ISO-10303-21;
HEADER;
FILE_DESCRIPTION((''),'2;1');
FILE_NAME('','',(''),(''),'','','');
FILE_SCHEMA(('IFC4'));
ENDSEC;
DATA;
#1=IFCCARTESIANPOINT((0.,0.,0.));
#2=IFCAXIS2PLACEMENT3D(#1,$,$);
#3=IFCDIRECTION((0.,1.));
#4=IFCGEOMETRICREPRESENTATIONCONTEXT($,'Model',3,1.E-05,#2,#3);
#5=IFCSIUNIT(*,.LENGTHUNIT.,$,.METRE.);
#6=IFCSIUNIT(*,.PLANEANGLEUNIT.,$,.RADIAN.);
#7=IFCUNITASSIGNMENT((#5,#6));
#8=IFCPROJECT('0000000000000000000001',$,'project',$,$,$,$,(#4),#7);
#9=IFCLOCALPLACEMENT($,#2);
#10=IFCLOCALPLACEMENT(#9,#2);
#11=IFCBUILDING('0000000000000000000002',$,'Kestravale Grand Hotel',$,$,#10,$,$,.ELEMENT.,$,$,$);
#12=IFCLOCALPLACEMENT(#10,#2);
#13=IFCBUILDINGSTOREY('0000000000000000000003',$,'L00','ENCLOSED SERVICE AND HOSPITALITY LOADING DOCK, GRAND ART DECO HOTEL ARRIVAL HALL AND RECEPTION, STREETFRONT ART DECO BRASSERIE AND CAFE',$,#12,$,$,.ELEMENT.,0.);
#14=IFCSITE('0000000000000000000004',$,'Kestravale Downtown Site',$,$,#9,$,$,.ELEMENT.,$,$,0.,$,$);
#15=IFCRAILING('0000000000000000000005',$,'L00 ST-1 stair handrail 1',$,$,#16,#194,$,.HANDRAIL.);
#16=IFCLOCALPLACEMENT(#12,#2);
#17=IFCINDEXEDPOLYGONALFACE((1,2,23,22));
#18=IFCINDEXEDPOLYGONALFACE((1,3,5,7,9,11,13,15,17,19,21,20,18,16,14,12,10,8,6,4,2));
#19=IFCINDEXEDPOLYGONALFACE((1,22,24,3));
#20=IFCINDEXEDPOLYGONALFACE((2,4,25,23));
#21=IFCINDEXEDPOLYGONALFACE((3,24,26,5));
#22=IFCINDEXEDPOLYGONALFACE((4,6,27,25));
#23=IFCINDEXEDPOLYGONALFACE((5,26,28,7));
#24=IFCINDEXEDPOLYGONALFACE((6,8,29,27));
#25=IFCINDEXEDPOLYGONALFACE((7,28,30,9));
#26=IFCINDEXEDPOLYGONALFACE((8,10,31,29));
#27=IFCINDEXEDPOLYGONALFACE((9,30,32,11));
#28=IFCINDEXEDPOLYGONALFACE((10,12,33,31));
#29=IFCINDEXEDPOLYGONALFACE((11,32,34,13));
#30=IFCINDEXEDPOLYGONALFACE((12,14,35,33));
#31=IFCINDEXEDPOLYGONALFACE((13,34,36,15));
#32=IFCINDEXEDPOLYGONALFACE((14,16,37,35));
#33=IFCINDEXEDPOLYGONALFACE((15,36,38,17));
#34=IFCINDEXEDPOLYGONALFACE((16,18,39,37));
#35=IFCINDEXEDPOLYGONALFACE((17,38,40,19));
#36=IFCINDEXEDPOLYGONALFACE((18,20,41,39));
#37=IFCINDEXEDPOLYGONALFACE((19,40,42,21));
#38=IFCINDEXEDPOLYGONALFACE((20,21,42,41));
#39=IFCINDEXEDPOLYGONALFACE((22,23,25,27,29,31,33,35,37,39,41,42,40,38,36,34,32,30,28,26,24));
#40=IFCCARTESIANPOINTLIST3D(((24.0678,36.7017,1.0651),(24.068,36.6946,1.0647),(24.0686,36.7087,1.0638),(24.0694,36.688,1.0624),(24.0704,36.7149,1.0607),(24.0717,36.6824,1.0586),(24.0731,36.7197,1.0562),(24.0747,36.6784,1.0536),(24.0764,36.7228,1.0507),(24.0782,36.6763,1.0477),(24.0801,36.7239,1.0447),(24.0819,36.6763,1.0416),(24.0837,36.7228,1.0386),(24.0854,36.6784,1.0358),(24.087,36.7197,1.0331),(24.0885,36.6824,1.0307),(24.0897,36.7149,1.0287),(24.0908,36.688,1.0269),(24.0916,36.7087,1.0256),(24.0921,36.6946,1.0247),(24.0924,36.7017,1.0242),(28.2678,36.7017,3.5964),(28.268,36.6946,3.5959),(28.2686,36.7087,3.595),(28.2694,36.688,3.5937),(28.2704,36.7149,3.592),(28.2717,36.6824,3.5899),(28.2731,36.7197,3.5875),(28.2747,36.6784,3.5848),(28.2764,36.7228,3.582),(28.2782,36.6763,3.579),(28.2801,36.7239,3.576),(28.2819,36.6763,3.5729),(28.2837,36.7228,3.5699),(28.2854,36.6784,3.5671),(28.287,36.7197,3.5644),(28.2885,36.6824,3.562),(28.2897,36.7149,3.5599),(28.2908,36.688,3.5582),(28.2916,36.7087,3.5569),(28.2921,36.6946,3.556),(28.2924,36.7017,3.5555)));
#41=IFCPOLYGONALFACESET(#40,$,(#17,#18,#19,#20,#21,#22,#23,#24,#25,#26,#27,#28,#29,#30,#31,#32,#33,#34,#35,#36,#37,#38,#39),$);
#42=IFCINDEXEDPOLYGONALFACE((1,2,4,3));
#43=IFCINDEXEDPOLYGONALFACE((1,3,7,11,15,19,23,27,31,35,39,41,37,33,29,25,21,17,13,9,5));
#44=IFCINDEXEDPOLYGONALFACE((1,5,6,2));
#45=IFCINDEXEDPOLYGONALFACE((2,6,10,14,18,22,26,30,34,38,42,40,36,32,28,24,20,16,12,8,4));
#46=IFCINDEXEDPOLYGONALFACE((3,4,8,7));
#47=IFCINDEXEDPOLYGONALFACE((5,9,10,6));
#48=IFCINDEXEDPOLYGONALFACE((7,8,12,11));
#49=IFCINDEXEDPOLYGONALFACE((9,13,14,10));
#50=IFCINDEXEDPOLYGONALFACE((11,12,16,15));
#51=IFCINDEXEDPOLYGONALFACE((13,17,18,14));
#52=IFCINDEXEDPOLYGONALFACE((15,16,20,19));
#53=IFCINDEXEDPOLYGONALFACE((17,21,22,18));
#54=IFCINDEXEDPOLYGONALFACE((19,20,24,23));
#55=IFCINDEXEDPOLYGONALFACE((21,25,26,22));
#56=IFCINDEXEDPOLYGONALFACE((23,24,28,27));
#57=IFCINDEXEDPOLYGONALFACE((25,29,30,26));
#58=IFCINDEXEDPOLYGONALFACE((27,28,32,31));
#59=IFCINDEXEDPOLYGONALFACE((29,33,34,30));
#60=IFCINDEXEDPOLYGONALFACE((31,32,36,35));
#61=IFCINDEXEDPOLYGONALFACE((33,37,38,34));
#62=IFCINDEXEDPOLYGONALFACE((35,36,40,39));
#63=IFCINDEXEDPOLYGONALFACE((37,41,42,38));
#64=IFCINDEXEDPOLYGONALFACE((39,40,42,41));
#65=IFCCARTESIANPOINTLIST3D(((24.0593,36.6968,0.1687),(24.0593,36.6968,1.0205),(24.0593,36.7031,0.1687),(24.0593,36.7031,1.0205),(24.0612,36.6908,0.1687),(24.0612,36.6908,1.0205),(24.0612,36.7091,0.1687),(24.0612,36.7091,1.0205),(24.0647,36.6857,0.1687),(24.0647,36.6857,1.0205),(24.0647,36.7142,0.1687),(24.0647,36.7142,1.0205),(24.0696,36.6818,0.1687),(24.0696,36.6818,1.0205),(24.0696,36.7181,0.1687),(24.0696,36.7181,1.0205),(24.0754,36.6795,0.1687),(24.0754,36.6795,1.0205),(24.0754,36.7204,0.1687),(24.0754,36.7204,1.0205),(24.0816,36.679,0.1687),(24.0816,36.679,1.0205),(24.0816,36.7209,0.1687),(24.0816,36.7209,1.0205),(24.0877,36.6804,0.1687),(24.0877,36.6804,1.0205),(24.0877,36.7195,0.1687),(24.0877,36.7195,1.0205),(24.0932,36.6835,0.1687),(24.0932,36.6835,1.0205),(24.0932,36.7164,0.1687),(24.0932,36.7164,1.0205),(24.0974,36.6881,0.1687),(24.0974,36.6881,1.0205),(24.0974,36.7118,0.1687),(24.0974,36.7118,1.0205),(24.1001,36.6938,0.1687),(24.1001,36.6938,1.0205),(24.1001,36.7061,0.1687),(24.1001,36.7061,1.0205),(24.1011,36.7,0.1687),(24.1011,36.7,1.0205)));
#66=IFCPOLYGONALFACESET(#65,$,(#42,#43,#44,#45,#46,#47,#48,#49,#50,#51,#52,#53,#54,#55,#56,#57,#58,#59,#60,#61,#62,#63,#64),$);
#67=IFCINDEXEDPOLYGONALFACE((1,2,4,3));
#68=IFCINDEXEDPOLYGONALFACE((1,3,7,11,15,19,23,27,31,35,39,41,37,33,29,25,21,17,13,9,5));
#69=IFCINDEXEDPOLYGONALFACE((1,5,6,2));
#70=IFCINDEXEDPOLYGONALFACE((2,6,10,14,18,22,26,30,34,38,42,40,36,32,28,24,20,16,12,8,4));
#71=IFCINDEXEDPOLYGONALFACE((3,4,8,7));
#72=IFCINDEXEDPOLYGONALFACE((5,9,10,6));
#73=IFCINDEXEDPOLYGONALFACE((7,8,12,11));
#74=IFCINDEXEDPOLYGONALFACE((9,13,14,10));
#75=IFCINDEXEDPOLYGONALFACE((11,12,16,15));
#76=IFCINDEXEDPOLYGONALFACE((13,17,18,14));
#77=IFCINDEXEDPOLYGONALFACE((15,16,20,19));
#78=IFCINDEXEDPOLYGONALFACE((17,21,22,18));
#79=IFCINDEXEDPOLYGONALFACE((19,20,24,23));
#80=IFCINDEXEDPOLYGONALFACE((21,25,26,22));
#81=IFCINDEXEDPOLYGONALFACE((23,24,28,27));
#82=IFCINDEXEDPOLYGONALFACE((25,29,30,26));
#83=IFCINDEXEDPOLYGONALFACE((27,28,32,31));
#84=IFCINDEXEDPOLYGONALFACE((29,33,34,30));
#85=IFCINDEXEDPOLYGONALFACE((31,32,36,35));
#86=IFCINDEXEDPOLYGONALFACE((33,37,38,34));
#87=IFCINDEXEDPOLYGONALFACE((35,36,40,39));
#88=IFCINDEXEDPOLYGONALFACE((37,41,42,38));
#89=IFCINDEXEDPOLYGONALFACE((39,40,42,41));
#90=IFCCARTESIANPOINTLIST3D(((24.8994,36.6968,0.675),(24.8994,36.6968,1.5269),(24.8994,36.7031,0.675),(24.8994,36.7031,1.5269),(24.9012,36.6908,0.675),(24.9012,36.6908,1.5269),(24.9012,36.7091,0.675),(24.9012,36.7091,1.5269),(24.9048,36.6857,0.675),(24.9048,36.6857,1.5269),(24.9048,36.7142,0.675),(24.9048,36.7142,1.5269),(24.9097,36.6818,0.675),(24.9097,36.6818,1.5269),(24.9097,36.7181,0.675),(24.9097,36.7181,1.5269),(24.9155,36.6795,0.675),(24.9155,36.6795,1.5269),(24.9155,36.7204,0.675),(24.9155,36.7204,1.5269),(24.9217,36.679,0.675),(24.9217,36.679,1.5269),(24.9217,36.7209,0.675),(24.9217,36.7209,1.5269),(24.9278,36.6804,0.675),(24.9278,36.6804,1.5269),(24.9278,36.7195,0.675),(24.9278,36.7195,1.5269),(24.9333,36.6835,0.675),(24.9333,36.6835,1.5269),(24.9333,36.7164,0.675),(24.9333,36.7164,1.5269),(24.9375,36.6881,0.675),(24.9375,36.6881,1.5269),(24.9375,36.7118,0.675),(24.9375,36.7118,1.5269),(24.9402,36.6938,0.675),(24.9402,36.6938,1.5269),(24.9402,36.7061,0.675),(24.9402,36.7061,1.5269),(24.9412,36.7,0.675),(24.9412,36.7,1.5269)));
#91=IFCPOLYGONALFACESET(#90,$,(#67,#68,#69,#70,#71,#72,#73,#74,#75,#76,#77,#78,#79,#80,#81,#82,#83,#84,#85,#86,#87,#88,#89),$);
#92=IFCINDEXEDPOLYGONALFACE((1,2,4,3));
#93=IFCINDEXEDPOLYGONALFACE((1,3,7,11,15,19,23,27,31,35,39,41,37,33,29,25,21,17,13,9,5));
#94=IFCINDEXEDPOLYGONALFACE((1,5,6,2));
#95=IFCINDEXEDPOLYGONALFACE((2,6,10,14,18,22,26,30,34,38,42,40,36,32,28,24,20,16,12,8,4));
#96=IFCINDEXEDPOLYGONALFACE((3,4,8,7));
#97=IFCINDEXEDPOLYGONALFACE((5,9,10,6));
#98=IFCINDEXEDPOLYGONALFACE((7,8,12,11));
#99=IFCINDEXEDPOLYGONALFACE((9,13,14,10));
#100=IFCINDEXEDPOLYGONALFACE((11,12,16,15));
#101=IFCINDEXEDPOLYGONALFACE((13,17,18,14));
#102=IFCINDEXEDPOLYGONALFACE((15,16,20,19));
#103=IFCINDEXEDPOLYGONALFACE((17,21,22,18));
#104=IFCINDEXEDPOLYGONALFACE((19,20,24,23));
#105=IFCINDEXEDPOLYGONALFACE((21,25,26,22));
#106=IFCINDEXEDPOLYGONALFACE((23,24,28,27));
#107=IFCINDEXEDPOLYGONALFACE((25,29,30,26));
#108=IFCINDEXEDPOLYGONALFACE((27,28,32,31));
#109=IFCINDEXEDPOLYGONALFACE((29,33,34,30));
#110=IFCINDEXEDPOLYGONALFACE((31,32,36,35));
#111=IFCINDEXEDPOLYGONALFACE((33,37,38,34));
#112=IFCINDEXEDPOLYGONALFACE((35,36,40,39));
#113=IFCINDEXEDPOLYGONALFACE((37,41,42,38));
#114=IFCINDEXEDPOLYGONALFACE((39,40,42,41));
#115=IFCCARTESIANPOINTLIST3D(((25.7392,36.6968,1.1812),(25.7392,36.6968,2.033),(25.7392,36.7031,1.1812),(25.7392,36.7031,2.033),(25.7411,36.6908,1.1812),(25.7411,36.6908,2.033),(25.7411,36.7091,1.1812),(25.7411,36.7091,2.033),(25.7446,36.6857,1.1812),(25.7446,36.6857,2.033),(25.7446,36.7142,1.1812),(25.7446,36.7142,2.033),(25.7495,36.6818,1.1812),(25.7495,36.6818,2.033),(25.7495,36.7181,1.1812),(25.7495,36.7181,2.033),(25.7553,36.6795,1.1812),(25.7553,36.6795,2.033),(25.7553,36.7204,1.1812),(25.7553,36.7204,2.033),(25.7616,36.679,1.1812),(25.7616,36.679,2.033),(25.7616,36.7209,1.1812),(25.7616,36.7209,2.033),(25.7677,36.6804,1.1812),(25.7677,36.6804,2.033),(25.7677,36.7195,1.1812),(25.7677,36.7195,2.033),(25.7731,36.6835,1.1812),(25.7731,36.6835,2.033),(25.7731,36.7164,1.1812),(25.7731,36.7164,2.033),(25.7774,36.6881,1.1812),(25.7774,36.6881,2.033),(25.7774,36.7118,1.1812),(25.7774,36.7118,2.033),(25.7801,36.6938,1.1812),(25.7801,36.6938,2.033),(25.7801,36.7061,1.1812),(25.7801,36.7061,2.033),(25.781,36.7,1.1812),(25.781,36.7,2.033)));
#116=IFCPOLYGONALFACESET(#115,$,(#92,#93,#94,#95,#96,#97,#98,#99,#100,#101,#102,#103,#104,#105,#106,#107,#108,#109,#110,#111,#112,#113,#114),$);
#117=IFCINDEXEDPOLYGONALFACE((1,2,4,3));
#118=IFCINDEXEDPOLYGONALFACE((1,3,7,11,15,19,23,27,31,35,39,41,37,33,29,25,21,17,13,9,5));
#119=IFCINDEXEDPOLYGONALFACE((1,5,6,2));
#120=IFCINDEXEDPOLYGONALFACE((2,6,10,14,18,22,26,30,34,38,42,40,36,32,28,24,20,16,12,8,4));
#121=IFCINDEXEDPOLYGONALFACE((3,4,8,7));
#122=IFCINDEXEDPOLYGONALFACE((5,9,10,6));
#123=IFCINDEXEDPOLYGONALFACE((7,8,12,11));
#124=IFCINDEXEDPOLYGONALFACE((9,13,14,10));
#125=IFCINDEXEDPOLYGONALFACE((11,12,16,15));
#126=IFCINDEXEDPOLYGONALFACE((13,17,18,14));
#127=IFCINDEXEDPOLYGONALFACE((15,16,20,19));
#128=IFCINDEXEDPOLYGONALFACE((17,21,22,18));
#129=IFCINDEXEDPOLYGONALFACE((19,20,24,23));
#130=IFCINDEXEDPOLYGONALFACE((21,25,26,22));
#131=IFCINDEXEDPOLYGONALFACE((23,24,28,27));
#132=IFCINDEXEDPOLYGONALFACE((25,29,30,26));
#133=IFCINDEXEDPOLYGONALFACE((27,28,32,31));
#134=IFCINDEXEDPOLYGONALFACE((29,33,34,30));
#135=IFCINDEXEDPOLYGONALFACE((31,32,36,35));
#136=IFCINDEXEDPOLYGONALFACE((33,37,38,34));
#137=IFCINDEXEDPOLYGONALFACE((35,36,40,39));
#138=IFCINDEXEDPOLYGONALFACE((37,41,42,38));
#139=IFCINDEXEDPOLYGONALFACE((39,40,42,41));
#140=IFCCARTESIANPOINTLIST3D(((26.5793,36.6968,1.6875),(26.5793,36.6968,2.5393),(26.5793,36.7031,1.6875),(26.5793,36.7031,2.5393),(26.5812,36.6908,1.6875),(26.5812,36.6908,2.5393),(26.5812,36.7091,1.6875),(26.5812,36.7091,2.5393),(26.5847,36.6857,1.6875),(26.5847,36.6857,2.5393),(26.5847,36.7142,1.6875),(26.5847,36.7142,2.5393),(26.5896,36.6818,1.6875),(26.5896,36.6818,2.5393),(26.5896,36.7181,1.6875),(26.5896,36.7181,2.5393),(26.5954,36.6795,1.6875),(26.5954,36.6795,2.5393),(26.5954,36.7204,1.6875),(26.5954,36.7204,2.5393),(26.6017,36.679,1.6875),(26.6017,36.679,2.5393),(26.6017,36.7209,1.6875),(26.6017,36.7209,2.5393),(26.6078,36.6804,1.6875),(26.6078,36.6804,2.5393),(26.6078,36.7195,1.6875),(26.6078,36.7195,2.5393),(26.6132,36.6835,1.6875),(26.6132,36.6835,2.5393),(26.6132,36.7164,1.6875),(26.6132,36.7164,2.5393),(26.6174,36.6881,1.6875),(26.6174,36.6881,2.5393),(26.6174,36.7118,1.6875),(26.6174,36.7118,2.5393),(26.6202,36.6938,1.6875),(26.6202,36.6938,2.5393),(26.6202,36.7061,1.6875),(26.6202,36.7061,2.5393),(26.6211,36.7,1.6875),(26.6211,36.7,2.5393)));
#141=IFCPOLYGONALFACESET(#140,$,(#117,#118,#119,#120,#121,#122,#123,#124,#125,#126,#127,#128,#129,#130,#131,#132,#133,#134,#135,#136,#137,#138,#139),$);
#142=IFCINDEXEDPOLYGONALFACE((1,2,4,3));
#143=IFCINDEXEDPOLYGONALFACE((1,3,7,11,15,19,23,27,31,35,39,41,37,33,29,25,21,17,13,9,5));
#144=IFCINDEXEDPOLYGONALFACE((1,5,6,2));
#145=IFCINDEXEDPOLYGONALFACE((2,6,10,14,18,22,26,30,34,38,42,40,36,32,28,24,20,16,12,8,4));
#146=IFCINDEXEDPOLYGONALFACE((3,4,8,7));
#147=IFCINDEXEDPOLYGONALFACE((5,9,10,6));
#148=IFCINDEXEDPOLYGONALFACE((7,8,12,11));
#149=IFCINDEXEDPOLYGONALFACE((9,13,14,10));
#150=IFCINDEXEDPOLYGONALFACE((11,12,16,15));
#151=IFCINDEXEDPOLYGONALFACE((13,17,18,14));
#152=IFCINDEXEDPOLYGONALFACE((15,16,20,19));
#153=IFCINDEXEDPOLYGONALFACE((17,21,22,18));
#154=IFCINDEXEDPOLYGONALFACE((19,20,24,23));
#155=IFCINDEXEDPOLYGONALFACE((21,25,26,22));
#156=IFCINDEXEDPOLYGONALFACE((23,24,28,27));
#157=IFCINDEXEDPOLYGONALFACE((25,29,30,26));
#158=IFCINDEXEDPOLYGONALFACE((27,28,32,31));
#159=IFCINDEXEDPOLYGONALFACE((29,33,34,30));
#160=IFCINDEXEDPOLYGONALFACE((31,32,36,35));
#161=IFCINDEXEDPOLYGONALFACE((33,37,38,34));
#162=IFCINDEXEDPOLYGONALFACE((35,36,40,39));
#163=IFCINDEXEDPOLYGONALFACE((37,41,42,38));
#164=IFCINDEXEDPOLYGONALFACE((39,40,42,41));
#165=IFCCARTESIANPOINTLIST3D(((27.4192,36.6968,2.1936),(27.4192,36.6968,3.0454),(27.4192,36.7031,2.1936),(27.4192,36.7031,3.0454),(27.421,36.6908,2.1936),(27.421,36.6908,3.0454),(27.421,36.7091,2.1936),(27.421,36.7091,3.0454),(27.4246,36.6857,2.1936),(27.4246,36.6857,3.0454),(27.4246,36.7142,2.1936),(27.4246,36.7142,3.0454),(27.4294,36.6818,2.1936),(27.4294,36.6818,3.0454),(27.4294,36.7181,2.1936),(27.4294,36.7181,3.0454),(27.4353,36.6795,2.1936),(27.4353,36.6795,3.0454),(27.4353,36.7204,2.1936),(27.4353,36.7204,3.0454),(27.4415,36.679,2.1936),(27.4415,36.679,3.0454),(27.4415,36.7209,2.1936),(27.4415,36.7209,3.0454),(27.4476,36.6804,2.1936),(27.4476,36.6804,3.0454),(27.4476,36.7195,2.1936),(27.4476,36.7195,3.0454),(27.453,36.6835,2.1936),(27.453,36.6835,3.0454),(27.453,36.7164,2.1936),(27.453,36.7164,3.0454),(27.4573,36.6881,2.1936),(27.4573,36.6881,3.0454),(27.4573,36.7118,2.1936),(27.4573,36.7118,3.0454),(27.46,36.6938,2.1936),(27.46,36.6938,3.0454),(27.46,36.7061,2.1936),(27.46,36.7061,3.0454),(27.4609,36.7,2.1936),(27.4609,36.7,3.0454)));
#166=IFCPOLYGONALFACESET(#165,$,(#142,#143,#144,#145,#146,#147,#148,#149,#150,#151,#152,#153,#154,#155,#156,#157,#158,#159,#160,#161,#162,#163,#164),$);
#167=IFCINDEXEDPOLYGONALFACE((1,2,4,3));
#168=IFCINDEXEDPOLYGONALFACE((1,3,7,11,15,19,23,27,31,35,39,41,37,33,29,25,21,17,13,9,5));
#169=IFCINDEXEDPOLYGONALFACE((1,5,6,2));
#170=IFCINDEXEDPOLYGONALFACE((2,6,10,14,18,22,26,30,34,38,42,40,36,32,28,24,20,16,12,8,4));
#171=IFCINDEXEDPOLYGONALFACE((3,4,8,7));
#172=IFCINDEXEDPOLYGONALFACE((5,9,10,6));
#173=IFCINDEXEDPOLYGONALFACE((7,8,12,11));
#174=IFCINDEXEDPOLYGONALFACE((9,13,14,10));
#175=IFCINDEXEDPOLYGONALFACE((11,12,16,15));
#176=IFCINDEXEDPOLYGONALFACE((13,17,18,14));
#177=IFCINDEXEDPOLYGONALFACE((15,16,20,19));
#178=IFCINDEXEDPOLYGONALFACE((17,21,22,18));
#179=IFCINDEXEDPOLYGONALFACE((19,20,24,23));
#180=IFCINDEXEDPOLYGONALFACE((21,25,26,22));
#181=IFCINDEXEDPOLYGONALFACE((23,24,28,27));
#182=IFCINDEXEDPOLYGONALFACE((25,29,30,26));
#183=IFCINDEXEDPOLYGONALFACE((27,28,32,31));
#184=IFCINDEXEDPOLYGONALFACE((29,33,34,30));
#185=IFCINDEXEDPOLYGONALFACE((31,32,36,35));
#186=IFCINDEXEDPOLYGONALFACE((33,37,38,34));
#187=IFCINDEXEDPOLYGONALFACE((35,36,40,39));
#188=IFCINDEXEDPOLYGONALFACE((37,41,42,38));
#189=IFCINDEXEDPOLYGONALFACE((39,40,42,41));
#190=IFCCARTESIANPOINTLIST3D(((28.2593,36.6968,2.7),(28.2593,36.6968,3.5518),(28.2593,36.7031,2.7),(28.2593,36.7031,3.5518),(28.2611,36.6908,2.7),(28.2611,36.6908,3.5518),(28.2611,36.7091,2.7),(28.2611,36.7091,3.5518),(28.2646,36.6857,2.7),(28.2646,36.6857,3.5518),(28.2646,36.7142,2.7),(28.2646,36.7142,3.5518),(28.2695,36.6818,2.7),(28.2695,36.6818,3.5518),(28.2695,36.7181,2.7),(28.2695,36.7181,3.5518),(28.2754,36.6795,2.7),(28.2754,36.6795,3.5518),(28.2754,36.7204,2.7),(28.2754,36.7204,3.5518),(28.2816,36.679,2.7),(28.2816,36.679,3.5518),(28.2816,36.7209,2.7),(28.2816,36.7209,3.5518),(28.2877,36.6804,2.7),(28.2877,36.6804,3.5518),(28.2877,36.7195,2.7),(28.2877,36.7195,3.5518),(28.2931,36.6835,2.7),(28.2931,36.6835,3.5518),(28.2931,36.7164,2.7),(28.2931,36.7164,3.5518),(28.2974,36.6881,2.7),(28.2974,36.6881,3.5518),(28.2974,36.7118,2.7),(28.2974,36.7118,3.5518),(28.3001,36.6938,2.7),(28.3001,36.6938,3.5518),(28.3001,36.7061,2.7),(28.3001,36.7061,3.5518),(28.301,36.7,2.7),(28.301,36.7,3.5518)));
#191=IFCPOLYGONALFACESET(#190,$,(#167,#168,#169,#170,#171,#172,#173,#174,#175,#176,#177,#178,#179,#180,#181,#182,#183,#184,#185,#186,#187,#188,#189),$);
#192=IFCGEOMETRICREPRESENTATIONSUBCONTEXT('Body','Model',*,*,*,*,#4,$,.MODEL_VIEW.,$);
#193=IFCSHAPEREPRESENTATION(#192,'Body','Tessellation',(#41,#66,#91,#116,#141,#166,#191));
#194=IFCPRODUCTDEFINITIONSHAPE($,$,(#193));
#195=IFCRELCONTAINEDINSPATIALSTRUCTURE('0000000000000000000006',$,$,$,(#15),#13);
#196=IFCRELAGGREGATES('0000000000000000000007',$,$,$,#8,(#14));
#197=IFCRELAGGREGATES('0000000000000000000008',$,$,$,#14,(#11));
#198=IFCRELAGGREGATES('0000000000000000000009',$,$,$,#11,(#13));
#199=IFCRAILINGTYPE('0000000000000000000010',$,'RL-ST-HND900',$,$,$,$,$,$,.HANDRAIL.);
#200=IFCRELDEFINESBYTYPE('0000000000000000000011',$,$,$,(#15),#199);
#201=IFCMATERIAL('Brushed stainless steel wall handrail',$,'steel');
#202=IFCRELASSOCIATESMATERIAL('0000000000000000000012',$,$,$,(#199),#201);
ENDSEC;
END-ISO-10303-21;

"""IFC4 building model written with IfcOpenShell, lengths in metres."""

from ifc_helpers import new_model, si_unit, direction, frame, origin, origin_2d, place, context, subcontext, project, spatial, circle, extrude, material, type_object, element, save


model = new_model("IFC4")

# Units and contexts
model_context = context("Model", 3, precision=1e-05, world=origin(), true_north=direction((0.0, 1.0)))
body_context = subcontext(model_context, "Body", "Model", "MODEL_VIEW")
ifc_project = project(units=[si_unit("LENGTHUNIT", "METRE"), si_unit("PLANEANGLEUNIT", "RADIAN")], contexts=[model_context])

# Site, building, storey
site_placement = place(None, origin())
site = spatial("IfcSite", under=ifc_project, at=site_placement, Name="Kestravale Downtown Site", CompositionType="ELEMENT", RefElevation=0.0)
building_placement = place(site_placement, origin())
building = spatial("IfcBuilding", under=site, at=building_placement, Name="Kestravale Grand Hotel", CompositionType="ELEMENT")
storey_placement = place(building_placement, origin())
storey = spatial("IfcBuildingStorey", under=building, at=storey_placement, Name="L00", Description="ENCLOSED SERVICE AND HOSPITALITY LOADING DOCK, GRAND ART DECO HOTEL ARRIVAL HALL AND RECEPTION, STREETFRONT ART DECO BRASSERIE AND CAFE", CompositionType="ELEMENT", Elevation=0.0)

# Railing
ifc_material_1 = material(Name="Brushed stainless steel wall handrail", Category="steel")
railing_type_1 = type_object("IfcRailingType", Name="RL-ST-HND900", PredefinedType="HANDRAIL", material=ifc_material_1)
railing_1_placement = place(storey_placement, frame((24.0801, 36.7, 0.1687)))
element("IfcRailing", 1, at=railing_1_placement, inside=storey, type_object=railing_type_1, Name="L00 ST-1 stair handrail 1", PredefinedType="HANDRAIL", context=body_context, shape_type="SweptSolid", body=[
    extrude(circle(Radius=0.0239, at=origin_2d()), frame((0.0, 0.0, 0.876), z_axis=(0.856476, 0.0, 0.516186), x_axis=(0.0, 1.0, 0.0)), (0.0, 0.0, 1.0), 4.9038),
    extrude(circle(Radius=0.021, at=origin_2d()), origin(), (0.0, 0.0, 1.0), 0.8518),
    extrude(circle(Radius=0.021, at=origin_2d()), frame((0.8401, 0.0, 0.5063)), (0.0, 0.0, 1.0), 0.8518),
    extrude(circle(Radius=0.021, at=origin_2d()), frame((1.6799, 0.0, 1.0125)), (0.0, 0.0, 1.0), 0.8518),
    extrude(circle(Radius=0.021, at=origin_2d()), frame((2.52, 0.0, 1.5188)), (0.0, 0.0, 1.0), 0.8518),
    extrude(circle(Radius=0.021, at=origin_2d()), frame((3.3599, 0.0, 2.0249)), (0.0, 0.0, 1.0), 0.8518),
    extrude(circle(Radius=0.021, at=origin_2d()), frame((4.2, 0.0, 2.5312)), (0.0, 0.0, 1.0), 0.8518),
])

save(model, "model.ifc")
